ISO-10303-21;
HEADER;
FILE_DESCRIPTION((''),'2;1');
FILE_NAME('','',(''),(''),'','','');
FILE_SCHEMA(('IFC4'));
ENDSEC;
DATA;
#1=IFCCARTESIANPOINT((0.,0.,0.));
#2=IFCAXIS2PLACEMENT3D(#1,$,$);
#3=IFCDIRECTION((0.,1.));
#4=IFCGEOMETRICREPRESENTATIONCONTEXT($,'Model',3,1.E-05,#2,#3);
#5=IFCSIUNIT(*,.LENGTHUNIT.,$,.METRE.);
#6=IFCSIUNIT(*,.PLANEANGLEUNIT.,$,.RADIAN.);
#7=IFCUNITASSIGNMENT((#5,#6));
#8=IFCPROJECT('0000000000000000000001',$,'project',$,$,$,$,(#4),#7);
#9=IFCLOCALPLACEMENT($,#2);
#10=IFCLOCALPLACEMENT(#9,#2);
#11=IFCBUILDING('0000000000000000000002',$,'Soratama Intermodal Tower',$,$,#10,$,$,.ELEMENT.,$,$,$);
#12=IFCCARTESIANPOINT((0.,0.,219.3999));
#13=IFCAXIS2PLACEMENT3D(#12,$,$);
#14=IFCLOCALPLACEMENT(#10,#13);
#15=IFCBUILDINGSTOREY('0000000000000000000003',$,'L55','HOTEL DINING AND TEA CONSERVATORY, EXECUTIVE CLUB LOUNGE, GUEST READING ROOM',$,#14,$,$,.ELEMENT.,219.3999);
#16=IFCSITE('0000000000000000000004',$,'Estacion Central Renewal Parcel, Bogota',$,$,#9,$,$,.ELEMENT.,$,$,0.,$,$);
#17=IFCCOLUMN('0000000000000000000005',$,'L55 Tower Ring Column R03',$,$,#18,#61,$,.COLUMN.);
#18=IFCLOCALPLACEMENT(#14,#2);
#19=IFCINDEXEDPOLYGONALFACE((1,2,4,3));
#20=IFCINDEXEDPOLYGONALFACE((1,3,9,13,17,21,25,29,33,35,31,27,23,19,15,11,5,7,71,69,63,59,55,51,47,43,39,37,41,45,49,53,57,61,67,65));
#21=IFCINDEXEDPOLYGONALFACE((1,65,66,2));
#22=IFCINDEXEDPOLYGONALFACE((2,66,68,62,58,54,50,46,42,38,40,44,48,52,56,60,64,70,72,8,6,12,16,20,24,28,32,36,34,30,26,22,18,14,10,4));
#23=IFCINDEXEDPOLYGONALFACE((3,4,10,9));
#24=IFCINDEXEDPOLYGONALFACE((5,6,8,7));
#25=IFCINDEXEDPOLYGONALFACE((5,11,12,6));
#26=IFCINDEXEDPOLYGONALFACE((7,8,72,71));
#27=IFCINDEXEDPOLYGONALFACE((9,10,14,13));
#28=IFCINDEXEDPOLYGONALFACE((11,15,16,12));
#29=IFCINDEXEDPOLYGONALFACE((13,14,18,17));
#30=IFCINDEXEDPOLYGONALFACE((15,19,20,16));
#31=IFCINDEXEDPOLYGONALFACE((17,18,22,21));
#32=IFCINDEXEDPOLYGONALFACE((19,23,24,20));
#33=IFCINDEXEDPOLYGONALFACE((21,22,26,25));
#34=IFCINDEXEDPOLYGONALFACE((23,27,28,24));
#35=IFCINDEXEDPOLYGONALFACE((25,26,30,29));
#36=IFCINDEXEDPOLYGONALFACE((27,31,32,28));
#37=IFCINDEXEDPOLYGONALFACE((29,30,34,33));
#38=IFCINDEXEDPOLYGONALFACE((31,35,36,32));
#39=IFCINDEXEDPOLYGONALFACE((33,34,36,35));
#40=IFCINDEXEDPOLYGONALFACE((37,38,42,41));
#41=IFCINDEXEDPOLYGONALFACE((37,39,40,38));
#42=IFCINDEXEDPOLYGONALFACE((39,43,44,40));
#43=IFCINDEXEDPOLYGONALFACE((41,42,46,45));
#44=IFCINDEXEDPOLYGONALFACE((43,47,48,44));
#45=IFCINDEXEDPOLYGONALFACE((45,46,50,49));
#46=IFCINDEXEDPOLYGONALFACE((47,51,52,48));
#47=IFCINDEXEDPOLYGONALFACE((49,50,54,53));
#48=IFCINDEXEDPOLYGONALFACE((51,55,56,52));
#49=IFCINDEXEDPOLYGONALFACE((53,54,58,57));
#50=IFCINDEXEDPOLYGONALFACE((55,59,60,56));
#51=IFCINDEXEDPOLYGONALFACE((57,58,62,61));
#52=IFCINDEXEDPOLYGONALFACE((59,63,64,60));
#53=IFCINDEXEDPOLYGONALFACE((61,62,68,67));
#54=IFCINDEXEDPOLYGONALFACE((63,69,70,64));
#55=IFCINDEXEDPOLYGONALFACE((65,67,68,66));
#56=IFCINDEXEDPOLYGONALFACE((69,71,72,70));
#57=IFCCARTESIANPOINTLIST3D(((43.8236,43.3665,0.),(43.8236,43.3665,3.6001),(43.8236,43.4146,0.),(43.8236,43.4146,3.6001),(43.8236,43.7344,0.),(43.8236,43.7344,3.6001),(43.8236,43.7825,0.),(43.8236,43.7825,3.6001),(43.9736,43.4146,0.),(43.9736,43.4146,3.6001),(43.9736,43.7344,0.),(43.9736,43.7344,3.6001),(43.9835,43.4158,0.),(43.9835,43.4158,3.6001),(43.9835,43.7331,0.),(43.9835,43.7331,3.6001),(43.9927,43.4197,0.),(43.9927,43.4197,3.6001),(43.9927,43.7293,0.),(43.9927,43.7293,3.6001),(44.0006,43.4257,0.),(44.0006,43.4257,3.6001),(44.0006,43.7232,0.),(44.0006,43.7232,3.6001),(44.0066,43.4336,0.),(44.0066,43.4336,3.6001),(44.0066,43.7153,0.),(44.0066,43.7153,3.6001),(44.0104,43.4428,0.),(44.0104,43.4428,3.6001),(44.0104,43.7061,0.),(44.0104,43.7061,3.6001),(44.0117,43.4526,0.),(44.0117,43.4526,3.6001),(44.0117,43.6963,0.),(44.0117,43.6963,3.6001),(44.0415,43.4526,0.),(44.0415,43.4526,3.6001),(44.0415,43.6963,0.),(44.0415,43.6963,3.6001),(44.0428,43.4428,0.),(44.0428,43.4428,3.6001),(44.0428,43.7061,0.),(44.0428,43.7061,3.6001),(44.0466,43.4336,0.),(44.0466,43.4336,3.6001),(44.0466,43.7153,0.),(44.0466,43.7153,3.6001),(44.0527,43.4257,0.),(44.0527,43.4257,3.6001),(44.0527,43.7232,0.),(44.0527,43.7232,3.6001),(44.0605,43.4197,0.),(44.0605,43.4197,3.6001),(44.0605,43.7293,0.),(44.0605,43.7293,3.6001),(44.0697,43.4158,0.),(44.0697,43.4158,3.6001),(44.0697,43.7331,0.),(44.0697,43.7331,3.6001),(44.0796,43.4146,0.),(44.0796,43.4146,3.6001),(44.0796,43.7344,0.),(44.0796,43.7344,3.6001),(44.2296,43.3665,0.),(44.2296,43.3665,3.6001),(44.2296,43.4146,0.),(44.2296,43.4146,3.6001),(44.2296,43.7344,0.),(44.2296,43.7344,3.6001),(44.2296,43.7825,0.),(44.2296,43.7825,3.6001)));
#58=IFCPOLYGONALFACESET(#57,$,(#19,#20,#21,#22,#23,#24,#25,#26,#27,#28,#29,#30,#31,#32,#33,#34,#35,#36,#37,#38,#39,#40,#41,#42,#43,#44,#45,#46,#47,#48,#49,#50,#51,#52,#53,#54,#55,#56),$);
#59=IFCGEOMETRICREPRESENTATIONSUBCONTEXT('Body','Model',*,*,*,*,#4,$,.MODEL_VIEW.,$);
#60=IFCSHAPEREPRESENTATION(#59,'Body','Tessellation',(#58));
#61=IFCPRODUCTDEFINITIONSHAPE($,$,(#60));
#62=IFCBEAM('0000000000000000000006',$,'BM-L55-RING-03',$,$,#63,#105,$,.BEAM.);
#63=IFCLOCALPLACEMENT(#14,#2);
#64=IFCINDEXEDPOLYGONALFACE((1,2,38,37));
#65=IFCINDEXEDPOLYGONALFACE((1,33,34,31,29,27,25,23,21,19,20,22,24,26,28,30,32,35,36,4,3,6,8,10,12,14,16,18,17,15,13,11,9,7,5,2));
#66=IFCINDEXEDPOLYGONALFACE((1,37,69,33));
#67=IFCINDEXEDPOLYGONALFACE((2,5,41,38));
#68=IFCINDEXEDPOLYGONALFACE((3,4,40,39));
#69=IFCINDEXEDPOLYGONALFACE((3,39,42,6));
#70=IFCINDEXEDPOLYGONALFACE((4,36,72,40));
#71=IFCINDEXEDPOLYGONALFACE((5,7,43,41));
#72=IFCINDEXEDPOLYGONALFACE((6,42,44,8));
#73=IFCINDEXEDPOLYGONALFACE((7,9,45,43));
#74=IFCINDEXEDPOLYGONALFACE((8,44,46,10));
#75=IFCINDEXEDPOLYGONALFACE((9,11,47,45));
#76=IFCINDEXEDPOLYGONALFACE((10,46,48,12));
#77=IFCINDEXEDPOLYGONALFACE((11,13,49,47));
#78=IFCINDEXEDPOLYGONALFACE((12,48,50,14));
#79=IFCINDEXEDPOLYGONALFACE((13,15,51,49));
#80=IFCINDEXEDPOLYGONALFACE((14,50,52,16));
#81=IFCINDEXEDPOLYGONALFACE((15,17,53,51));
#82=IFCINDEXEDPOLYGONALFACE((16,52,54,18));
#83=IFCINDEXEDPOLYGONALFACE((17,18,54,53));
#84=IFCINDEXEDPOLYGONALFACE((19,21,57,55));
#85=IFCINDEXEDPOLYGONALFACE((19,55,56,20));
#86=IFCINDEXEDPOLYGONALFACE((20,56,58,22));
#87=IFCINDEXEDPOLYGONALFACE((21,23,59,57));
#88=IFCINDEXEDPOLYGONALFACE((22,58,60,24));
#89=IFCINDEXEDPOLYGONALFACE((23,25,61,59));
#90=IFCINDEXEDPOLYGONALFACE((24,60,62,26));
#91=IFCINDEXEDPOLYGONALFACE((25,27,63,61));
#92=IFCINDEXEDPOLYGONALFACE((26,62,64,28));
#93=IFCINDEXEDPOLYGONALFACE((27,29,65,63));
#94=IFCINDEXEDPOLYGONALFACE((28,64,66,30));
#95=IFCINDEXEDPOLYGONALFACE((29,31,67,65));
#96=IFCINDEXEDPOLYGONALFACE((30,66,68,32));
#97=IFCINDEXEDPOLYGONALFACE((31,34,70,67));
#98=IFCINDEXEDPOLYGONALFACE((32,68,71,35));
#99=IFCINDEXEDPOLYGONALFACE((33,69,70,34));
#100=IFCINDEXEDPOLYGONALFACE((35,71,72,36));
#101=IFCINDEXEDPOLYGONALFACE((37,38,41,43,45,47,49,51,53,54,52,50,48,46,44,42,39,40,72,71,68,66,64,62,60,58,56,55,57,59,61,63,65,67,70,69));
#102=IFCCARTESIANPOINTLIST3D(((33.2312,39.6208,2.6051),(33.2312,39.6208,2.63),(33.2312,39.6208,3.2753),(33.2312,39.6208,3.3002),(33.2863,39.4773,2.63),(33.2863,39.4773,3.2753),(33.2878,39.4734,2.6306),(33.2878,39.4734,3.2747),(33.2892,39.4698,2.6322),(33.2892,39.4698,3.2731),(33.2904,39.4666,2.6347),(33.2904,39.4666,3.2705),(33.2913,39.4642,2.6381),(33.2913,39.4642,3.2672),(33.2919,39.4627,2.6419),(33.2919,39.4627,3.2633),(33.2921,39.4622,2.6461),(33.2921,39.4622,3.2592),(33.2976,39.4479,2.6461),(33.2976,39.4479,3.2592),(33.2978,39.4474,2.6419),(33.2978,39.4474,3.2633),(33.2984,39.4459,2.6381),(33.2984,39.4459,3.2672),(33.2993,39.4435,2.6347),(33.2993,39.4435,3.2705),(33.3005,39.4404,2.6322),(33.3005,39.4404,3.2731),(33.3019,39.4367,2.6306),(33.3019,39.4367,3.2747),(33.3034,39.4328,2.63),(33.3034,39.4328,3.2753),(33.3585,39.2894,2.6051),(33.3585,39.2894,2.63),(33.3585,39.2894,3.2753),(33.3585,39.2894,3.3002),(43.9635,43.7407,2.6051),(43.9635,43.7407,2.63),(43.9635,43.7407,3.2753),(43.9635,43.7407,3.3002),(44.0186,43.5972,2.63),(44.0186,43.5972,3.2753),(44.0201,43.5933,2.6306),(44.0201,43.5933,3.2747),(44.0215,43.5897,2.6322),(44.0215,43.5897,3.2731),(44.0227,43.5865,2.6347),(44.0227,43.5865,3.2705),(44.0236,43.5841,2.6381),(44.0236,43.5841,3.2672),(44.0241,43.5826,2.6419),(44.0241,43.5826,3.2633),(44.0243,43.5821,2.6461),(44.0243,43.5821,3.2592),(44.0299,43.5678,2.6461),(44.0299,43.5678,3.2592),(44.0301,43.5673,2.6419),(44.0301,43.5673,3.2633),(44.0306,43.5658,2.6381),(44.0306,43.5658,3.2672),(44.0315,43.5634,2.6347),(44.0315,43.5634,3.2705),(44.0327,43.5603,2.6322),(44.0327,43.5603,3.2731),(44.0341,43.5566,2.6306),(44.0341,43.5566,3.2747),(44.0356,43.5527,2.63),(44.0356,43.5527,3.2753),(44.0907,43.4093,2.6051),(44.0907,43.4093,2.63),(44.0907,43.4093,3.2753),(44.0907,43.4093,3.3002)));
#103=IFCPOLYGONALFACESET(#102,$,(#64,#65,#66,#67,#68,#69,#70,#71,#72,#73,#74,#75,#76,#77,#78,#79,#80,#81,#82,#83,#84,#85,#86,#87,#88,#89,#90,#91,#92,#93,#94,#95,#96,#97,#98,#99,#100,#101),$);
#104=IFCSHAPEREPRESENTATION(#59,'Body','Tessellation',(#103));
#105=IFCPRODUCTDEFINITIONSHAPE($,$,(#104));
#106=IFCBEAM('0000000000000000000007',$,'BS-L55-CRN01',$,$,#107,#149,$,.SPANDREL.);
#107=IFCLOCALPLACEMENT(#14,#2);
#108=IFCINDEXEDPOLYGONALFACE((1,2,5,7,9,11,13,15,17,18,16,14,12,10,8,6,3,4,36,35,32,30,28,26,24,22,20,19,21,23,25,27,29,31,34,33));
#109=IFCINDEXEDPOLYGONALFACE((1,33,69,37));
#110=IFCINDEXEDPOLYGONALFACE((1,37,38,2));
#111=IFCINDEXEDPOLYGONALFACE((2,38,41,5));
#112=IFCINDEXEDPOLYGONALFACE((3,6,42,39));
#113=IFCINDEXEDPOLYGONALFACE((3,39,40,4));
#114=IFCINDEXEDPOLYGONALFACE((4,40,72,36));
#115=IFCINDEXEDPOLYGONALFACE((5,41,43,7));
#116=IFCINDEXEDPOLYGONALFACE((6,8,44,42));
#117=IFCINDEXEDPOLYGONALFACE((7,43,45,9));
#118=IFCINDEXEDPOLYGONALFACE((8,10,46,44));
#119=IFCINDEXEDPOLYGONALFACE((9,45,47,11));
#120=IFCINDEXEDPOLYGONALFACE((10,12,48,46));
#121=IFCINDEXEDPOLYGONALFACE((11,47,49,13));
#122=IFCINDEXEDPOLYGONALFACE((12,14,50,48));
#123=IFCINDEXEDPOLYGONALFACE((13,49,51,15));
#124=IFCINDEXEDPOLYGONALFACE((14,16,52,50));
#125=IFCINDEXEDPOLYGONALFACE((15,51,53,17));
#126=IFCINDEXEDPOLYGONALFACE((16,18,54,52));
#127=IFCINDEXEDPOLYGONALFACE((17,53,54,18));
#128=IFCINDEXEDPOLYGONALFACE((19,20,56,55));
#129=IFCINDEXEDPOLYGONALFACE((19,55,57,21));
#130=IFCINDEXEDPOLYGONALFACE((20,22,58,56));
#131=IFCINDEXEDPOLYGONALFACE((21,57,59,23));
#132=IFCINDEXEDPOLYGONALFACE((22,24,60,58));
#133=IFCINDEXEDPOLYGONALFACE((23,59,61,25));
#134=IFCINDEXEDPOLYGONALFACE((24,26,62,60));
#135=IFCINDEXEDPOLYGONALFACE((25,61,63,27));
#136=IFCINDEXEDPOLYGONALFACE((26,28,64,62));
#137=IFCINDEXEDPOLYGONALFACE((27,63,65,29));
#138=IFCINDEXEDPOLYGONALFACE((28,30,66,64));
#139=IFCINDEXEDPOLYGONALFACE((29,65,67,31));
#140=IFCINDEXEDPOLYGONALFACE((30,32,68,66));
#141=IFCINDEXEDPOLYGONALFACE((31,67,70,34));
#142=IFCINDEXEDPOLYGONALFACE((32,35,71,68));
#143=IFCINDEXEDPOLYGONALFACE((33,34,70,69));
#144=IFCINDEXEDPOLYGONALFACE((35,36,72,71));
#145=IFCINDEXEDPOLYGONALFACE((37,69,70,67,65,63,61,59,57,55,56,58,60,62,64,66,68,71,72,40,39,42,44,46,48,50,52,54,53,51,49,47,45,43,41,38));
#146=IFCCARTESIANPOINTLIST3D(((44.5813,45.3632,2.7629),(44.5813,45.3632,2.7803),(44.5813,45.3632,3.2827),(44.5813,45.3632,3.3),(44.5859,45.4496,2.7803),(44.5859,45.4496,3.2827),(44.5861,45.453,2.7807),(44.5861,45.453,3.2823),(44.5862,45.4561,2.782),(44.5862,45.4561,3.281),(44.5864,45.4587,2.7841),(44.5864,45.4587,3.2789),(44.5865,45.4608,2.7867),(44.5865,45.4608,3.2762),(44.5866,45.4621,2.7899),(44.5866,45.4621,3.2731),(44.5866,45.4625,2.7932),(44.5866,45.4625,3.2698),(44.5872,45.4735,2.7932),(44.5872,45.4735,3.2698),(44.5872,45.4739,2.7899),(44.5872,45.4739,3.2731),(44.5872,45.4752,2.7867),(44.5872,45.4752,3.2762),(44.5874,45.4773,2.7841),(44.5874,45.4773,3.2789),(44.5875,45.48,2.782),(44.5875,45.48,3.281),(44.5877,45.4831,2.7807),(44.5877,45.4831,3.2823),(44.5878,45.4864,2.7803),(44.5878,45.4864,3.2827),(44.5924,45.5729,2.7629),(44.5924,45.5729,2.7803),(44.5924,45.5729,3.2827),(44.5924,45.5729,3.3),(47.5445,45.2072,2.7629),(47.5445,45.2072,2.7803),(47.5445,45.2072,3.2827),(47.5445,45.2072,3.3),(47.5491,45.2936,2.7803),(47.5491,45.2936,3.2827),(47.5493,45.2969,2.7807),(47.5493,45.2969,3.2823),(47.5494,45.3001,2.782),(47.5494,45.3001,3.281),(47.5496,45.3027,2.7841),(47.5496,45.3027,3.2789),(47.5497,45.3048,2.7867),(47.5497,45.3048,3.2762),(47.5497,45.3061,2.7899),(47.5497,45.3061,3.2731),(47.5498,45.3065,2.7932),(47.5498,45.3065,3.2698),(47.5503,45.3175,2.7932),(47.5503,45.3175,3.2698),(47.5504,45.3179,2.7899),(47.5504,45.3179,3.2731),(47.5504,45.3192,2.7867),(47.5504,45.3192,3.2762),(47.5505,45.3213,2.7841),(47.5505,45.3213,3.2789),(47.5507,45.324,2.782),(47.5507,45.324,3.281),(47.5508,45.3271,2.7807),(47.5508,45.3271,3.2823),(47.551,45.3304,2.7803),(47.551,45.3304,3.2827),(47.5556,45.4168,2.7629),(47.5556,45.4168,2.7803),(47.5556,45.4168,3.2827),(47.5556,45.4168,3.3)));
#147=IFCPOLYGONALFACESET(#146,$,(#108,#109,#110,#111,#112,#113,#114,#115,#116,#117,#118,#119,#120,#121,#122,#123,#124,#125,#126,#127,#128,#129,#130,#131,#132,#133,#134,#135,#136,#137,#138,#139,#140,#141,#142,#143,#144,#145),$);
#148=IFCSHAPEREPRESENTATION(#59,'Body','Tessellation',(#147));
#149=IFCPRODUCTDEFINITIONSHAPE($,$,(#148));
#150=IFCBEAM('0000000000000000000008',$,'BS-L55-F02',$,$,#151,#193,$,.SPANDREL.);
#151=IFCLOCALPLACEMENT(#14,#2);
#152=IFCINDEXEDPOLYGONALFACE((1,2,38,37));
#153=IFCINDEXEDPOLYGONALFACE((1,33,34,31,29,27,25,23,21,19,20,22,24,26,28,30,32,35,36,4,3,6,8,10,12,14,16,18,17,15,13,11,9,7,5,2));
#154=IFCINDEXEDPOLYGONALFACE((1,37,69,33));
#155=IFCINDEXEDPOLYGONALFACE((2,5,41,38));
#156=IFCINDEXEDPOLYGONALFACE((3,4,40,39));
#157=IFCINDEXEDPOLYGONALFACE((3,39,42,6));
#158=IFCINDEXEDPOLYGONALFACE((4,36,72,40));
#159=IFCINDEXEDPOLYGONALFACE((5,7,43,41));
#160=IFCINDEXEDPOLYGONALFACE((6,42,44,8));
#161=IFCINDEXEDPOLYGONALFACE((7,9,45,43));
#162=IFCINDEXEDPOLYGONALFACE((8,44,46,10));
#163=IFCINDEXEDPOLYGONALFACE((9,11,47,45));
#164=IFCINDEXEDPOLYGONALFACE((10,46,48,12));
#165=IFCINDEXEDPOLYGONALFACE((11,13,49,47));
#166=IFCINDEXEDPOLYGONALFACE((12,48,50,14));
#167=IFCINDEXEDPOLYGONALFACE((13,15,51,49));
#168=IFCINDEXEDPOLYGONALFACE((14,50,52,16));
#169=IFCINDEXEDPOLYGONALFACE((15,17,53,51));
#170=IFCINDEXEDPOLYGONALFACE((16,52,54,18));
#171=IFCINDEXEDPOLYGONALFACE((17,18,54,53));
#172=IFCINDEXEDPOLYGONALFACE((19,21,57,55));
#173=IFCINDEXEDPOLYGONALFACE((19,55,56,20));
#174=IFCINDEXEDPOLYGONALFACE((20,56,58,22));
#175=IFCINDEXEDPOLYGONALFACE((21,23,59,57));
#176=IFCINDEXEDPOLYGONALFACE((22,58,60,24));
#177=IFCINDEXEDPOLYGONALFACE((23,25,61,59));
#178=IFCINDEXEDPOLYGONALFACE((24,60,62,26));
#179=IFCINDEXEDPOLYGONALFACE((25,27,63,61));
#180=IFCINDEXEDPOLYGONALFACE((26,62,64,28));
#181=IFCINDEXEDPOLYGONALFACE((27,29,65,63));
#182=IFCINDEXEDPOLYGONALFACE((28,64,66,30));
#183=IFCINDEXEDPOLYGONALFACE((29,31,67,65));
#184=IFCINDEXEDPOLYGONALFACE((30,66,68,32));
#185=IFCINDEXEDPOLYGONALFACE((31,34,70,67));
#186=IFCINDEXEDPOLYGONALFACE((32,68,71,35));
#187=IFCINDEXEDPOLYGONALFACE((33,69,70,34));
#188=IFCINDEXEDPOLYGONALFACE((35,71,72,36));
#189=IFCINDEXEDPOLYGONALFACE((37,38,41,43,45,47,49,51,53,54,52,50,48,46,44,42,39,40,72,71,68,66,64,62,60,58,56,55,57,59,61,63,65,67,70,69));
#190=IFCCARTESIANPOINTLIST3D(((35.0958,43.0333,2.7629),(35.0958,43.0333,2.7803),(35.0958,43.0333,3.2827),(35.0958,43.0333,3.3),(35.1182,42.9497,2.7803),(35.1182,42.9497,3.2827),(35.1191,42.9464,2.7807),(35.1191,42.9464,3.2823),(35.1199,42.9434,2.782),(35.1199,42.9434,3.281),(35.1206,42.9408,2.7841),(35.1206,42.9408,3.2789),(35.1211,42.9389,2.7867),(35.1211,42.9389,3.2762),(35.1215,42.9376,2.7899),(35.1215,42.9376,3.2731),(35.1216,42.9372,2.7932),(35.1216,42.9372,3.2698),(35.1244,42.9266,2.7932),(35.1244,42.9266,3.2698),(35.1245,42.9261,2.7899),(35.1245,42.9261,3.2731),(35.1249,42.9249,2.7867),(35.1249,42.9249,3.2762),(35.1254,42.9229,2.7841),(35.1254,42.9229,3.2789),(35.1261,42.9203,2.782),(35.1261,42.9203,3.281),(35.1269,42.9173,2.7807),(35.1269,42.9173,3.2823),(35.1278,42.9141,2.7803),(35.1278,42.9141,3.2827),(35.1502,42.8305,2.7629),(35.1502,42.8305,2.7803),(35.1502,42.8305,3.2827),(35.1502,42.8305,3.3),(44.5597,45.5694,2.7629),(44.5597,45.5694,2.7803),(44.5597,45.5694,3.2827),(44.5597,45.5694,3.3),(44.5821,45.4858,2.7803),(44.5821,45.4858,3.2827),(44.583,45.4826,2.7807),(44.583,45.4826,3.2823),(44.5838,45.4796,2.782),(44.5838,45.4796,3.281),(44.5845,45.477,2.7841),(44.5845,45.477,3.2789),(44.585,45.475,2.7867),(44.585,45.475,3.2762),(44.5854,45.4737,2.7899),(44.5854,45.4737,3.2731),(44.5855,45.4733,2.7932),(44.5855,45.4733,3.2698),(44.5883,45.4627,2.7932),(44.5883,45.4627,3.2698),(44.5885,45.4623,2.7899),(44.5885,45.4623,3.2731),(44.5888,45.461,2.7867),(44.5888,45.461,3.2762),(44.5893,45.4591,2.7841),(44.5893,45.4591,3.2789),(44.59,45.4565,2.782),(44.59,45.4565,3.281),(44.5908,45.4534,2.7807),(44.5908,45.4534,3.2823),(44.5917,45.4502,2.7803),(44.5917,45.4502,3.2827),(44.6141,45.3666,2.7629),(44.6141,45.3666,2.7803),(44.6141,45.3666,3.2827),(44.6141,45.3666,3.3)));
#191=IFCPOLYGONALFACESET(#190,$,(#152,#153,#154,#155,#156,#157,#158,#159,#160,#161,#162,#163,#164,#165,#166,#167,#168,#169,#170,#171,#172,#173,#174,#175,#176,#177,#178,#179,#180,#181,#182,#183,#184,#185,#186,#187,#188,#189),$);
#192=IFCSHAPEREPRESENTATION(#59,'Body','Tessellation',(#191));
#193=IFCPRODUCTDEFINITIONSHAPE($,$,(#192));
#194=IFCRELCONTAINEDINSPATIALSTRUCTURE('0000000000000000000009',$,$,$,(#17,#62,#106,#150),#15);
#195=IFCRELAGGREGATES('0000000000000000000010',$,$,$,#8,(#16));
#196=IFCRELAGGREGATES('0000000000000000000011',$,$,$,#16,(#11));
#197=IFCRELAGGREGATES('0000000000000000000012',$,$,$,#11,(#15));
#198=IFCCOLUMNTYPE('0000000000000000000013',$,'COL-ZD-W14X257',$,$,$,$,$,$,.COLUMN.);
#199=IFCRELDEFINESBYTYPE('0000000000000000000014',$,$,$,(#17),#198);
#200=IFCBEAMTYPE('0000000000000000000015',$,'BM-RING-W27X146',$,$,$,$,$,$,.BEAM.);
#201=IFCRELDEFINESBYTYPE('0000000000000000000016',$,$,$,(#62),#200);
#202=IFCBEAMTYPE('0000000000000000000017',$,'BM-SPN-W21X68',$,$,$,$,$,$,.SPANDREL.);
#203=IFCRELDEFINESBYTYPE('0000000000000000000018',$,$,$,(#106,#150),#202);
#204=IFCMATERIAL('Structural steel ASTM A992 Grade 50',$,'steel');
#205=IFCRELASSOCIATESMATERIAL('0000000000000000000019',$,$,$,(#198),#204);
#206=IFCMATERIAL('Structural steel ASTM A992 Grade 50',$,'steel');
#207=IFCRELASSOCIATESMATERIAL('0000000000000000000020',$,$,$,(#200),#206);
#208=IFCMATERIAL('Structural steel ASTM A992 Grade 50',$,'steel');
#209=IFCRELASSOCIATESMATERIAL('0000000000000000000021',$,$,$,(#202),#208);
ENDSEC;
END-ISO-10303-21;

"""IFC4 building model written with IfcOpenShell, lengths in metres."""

from ifc_helpers import new_model, si_unit, direction, frame, origin, origin_2d, place, context, subcontext, project, spatial, i_section, extrude, material, material_profile, profile_set, type_object, element, save


model = new_model("IFC4")

# Units and contexts
model_context = context("Model", 3, precision=1e-05, world=origin(), true_north=direction((0.0, 1.0)))
body_context = subcontext(model_context, "Body", "Model", "MODEL_VIEW")
ifc_project = project(units=[si_unit("LENGTHUNIT", "METRE"), si_unit("PLANEANGLEUNIT", "RADIAN")], contexts=[model_context])

# Site, building, storey
site_placement = place(None, origin())
site = spatial("IfcSite", under=ifc_project, at=site_placement, Name="Estacion Central Renewal Parcel, Bogota", CompositionType="ELEMENT", RefElevation=0.0)
building_placement = place(site_placement, origin())
building = spatial("IfcBuilding", under=site, at=building_placement, Name="Soratama Intermodal Tower", CompositionType="ELEMENT")
storey_placement = place(building_placement, frame((0.0, 0.0, 219.3999)))
storey = spatial("IfcBuildingStorey", under=building, at=storey_placement, Name="L55", Description="HOTEL DINING AND TEA CONSERVATORY, EXECUTIVE CLUB LOUNGE, GUEST READING ROOM", CompositionType="ELEMENT", Elevation=219.3999)

# Column
ifc_material_1 = material(Name="Structural steel ASTM A992 Grade 50", Category="steel")
ifc_material_profile_1 = material_profile(ifc_material_1, i_section(OverallWidth=0.406, OverallDepth=0.416, WebThickness=0.0298, FlangeThickness=0.0481, FilletRadius=0.0381, at=origin_2d()), Name="W14X257")
ifc_profile_set_1 = profile_set([ifc_material_profile_1], Name="Structural steel ASTM A992 Grade 50")
column_type = type_object("IfcColumnType", Name="COL-ZD-W14X257", PredefinedType="COLUMN", material=ifc_profile_set_1)
column_placement = place(storey_placement, frame((44.0266, 43.5745, 0.0), z_axis=(0.0, 0.0, 1.0), x_axis=(1.0, 0.0, 0.0)))
element("IfcColumn", 1, at=column_placement, inside=storey, type_object=column_type, Name="L55 Tower Ring Column R03", PredefinedType="COLUMN", context=body_context, shape_type="SweptSolid", body=[
    extrude(i_section(OverallWidth=0.406, OverallDepth=0.416, WebThickness=0.0298, FlangeThickness=0.0481, FilletRadius=0.0381, at=origin_2d()), origin(), (0.0, 0.0, 1.0), 3.6001),
])

# Beams
ifc_material_2 = material(Name="Structural steel ASTM A992 Grade 50", Category="steel")
ifc_material_profile_2 = material_profile(ifc_material_2, i_section(OverallWidth=0.355, OverallDepth=0.6951, WebThickness=0.0154, FlangeThickness=0.0249, FilletRadius=0.0161, at=origin_2d()), Name="W27X146")
ifc_profile_set_2 = profile_set([ifc_material_profile_2], Name="Structural steel ASTM A992 Grade 50")
beam_type_1 = type_object("IfcBeamType", Name="BM-RING-W27X146", PredefinedType="BEAM", material=ifc_profile_set_2)
beam_1_placement = place(storey_placement, frame((44.0271, 43.575, 2.9526), z_axis=(-0.933575, -0.358381, 0.0), x_axis=(0.358381, -0.933575, 0.0)))
element("IfcBeam", 2, at=beam_1_placement, inside=storey, type_object=beam_type_1, Name="BM-L55-RING-03", PredefinedType="BEAM", context=body_context, shape_type="SweptSolid", body=[
    extrude(i_section(OverallWidth=0.355, OverallDepth=0.6951, WebThickness=0.0154, FlangeThickness=0.0249, FilletRadius=0.0161, at=origin_2d()), origin(), (0.0, 0.0, 1.0), 11.4958),
])
ifc_material_3 = material(Name="Structural steel ASTM A992 Grade 50", Category="steel")
ifc_material_profile_3 = material_profile(ifc_material_3, i_section(OverallWidth=0.21, OverallDepth=0.5371, WebThickness=0.011, FlangeThickness=0.0173, FilletRadius=0.0129, at=origin_2d()), Name="W21X68")
ifc_profile_set_3 = profile_set([ifc_material_profile_3], Name="Structural steel ASTM A992 Grade 50")
beam_type_2 = type_object("IfcBeamType", Name="BM-SPN-W21X68", PredefinedType="SPANDREL", material=ifc_profile_set_3)
beam_2_placement = place(storey_placement, frame((47.55, 45.312, 3.0315), z_axis=(-0.998617, 0.052576, 0.0), x_axis=(-0.052576, -0.998617, 0.0)))
element("IfcBeam", 3, at=beam_2_placement, inside=storey, type_object=beam_type_2, Name="BS-L55-CRN01", PredefinedType="SPANDREL", context=body_context, shape_type="SweptSolid", body=[
    extrude(i_section(OverallWidth=0.21, OverallDepth=0.5371, WebThickness=0.011, FlangeThickness=0.0173, FilletRadius=0.0129, at=origin_2d()), origin(), (0.0, 0.0, 1.0), 2.9673),
])
beam_3_placement = place(storey_placement, frame((44.5869, 45.468, 3.0315), z_axis=(-0.965918, -0.258847, 0.0), x_axis=(0.258847, -0.965918, 0.0)))
element("IfcBeam", 4, at=beam_3_placement, inside=storey, type_object=beam_type_2, Name="BS-L55-F02", PredefinedType="SPANDREL", context=body_context, shape_type="SweptSolid", body=[
    extrude(i_section(OverallWidth=0.21, OverallDepth=0.5371, WebThickness=0.011, FlangeThickness=0.0173, FilletRadius=0.0129, at=origin_2d()), origin(), (0.0, 0.0, 1.0), 9.7979),
])

save(model, "model.ifc")
